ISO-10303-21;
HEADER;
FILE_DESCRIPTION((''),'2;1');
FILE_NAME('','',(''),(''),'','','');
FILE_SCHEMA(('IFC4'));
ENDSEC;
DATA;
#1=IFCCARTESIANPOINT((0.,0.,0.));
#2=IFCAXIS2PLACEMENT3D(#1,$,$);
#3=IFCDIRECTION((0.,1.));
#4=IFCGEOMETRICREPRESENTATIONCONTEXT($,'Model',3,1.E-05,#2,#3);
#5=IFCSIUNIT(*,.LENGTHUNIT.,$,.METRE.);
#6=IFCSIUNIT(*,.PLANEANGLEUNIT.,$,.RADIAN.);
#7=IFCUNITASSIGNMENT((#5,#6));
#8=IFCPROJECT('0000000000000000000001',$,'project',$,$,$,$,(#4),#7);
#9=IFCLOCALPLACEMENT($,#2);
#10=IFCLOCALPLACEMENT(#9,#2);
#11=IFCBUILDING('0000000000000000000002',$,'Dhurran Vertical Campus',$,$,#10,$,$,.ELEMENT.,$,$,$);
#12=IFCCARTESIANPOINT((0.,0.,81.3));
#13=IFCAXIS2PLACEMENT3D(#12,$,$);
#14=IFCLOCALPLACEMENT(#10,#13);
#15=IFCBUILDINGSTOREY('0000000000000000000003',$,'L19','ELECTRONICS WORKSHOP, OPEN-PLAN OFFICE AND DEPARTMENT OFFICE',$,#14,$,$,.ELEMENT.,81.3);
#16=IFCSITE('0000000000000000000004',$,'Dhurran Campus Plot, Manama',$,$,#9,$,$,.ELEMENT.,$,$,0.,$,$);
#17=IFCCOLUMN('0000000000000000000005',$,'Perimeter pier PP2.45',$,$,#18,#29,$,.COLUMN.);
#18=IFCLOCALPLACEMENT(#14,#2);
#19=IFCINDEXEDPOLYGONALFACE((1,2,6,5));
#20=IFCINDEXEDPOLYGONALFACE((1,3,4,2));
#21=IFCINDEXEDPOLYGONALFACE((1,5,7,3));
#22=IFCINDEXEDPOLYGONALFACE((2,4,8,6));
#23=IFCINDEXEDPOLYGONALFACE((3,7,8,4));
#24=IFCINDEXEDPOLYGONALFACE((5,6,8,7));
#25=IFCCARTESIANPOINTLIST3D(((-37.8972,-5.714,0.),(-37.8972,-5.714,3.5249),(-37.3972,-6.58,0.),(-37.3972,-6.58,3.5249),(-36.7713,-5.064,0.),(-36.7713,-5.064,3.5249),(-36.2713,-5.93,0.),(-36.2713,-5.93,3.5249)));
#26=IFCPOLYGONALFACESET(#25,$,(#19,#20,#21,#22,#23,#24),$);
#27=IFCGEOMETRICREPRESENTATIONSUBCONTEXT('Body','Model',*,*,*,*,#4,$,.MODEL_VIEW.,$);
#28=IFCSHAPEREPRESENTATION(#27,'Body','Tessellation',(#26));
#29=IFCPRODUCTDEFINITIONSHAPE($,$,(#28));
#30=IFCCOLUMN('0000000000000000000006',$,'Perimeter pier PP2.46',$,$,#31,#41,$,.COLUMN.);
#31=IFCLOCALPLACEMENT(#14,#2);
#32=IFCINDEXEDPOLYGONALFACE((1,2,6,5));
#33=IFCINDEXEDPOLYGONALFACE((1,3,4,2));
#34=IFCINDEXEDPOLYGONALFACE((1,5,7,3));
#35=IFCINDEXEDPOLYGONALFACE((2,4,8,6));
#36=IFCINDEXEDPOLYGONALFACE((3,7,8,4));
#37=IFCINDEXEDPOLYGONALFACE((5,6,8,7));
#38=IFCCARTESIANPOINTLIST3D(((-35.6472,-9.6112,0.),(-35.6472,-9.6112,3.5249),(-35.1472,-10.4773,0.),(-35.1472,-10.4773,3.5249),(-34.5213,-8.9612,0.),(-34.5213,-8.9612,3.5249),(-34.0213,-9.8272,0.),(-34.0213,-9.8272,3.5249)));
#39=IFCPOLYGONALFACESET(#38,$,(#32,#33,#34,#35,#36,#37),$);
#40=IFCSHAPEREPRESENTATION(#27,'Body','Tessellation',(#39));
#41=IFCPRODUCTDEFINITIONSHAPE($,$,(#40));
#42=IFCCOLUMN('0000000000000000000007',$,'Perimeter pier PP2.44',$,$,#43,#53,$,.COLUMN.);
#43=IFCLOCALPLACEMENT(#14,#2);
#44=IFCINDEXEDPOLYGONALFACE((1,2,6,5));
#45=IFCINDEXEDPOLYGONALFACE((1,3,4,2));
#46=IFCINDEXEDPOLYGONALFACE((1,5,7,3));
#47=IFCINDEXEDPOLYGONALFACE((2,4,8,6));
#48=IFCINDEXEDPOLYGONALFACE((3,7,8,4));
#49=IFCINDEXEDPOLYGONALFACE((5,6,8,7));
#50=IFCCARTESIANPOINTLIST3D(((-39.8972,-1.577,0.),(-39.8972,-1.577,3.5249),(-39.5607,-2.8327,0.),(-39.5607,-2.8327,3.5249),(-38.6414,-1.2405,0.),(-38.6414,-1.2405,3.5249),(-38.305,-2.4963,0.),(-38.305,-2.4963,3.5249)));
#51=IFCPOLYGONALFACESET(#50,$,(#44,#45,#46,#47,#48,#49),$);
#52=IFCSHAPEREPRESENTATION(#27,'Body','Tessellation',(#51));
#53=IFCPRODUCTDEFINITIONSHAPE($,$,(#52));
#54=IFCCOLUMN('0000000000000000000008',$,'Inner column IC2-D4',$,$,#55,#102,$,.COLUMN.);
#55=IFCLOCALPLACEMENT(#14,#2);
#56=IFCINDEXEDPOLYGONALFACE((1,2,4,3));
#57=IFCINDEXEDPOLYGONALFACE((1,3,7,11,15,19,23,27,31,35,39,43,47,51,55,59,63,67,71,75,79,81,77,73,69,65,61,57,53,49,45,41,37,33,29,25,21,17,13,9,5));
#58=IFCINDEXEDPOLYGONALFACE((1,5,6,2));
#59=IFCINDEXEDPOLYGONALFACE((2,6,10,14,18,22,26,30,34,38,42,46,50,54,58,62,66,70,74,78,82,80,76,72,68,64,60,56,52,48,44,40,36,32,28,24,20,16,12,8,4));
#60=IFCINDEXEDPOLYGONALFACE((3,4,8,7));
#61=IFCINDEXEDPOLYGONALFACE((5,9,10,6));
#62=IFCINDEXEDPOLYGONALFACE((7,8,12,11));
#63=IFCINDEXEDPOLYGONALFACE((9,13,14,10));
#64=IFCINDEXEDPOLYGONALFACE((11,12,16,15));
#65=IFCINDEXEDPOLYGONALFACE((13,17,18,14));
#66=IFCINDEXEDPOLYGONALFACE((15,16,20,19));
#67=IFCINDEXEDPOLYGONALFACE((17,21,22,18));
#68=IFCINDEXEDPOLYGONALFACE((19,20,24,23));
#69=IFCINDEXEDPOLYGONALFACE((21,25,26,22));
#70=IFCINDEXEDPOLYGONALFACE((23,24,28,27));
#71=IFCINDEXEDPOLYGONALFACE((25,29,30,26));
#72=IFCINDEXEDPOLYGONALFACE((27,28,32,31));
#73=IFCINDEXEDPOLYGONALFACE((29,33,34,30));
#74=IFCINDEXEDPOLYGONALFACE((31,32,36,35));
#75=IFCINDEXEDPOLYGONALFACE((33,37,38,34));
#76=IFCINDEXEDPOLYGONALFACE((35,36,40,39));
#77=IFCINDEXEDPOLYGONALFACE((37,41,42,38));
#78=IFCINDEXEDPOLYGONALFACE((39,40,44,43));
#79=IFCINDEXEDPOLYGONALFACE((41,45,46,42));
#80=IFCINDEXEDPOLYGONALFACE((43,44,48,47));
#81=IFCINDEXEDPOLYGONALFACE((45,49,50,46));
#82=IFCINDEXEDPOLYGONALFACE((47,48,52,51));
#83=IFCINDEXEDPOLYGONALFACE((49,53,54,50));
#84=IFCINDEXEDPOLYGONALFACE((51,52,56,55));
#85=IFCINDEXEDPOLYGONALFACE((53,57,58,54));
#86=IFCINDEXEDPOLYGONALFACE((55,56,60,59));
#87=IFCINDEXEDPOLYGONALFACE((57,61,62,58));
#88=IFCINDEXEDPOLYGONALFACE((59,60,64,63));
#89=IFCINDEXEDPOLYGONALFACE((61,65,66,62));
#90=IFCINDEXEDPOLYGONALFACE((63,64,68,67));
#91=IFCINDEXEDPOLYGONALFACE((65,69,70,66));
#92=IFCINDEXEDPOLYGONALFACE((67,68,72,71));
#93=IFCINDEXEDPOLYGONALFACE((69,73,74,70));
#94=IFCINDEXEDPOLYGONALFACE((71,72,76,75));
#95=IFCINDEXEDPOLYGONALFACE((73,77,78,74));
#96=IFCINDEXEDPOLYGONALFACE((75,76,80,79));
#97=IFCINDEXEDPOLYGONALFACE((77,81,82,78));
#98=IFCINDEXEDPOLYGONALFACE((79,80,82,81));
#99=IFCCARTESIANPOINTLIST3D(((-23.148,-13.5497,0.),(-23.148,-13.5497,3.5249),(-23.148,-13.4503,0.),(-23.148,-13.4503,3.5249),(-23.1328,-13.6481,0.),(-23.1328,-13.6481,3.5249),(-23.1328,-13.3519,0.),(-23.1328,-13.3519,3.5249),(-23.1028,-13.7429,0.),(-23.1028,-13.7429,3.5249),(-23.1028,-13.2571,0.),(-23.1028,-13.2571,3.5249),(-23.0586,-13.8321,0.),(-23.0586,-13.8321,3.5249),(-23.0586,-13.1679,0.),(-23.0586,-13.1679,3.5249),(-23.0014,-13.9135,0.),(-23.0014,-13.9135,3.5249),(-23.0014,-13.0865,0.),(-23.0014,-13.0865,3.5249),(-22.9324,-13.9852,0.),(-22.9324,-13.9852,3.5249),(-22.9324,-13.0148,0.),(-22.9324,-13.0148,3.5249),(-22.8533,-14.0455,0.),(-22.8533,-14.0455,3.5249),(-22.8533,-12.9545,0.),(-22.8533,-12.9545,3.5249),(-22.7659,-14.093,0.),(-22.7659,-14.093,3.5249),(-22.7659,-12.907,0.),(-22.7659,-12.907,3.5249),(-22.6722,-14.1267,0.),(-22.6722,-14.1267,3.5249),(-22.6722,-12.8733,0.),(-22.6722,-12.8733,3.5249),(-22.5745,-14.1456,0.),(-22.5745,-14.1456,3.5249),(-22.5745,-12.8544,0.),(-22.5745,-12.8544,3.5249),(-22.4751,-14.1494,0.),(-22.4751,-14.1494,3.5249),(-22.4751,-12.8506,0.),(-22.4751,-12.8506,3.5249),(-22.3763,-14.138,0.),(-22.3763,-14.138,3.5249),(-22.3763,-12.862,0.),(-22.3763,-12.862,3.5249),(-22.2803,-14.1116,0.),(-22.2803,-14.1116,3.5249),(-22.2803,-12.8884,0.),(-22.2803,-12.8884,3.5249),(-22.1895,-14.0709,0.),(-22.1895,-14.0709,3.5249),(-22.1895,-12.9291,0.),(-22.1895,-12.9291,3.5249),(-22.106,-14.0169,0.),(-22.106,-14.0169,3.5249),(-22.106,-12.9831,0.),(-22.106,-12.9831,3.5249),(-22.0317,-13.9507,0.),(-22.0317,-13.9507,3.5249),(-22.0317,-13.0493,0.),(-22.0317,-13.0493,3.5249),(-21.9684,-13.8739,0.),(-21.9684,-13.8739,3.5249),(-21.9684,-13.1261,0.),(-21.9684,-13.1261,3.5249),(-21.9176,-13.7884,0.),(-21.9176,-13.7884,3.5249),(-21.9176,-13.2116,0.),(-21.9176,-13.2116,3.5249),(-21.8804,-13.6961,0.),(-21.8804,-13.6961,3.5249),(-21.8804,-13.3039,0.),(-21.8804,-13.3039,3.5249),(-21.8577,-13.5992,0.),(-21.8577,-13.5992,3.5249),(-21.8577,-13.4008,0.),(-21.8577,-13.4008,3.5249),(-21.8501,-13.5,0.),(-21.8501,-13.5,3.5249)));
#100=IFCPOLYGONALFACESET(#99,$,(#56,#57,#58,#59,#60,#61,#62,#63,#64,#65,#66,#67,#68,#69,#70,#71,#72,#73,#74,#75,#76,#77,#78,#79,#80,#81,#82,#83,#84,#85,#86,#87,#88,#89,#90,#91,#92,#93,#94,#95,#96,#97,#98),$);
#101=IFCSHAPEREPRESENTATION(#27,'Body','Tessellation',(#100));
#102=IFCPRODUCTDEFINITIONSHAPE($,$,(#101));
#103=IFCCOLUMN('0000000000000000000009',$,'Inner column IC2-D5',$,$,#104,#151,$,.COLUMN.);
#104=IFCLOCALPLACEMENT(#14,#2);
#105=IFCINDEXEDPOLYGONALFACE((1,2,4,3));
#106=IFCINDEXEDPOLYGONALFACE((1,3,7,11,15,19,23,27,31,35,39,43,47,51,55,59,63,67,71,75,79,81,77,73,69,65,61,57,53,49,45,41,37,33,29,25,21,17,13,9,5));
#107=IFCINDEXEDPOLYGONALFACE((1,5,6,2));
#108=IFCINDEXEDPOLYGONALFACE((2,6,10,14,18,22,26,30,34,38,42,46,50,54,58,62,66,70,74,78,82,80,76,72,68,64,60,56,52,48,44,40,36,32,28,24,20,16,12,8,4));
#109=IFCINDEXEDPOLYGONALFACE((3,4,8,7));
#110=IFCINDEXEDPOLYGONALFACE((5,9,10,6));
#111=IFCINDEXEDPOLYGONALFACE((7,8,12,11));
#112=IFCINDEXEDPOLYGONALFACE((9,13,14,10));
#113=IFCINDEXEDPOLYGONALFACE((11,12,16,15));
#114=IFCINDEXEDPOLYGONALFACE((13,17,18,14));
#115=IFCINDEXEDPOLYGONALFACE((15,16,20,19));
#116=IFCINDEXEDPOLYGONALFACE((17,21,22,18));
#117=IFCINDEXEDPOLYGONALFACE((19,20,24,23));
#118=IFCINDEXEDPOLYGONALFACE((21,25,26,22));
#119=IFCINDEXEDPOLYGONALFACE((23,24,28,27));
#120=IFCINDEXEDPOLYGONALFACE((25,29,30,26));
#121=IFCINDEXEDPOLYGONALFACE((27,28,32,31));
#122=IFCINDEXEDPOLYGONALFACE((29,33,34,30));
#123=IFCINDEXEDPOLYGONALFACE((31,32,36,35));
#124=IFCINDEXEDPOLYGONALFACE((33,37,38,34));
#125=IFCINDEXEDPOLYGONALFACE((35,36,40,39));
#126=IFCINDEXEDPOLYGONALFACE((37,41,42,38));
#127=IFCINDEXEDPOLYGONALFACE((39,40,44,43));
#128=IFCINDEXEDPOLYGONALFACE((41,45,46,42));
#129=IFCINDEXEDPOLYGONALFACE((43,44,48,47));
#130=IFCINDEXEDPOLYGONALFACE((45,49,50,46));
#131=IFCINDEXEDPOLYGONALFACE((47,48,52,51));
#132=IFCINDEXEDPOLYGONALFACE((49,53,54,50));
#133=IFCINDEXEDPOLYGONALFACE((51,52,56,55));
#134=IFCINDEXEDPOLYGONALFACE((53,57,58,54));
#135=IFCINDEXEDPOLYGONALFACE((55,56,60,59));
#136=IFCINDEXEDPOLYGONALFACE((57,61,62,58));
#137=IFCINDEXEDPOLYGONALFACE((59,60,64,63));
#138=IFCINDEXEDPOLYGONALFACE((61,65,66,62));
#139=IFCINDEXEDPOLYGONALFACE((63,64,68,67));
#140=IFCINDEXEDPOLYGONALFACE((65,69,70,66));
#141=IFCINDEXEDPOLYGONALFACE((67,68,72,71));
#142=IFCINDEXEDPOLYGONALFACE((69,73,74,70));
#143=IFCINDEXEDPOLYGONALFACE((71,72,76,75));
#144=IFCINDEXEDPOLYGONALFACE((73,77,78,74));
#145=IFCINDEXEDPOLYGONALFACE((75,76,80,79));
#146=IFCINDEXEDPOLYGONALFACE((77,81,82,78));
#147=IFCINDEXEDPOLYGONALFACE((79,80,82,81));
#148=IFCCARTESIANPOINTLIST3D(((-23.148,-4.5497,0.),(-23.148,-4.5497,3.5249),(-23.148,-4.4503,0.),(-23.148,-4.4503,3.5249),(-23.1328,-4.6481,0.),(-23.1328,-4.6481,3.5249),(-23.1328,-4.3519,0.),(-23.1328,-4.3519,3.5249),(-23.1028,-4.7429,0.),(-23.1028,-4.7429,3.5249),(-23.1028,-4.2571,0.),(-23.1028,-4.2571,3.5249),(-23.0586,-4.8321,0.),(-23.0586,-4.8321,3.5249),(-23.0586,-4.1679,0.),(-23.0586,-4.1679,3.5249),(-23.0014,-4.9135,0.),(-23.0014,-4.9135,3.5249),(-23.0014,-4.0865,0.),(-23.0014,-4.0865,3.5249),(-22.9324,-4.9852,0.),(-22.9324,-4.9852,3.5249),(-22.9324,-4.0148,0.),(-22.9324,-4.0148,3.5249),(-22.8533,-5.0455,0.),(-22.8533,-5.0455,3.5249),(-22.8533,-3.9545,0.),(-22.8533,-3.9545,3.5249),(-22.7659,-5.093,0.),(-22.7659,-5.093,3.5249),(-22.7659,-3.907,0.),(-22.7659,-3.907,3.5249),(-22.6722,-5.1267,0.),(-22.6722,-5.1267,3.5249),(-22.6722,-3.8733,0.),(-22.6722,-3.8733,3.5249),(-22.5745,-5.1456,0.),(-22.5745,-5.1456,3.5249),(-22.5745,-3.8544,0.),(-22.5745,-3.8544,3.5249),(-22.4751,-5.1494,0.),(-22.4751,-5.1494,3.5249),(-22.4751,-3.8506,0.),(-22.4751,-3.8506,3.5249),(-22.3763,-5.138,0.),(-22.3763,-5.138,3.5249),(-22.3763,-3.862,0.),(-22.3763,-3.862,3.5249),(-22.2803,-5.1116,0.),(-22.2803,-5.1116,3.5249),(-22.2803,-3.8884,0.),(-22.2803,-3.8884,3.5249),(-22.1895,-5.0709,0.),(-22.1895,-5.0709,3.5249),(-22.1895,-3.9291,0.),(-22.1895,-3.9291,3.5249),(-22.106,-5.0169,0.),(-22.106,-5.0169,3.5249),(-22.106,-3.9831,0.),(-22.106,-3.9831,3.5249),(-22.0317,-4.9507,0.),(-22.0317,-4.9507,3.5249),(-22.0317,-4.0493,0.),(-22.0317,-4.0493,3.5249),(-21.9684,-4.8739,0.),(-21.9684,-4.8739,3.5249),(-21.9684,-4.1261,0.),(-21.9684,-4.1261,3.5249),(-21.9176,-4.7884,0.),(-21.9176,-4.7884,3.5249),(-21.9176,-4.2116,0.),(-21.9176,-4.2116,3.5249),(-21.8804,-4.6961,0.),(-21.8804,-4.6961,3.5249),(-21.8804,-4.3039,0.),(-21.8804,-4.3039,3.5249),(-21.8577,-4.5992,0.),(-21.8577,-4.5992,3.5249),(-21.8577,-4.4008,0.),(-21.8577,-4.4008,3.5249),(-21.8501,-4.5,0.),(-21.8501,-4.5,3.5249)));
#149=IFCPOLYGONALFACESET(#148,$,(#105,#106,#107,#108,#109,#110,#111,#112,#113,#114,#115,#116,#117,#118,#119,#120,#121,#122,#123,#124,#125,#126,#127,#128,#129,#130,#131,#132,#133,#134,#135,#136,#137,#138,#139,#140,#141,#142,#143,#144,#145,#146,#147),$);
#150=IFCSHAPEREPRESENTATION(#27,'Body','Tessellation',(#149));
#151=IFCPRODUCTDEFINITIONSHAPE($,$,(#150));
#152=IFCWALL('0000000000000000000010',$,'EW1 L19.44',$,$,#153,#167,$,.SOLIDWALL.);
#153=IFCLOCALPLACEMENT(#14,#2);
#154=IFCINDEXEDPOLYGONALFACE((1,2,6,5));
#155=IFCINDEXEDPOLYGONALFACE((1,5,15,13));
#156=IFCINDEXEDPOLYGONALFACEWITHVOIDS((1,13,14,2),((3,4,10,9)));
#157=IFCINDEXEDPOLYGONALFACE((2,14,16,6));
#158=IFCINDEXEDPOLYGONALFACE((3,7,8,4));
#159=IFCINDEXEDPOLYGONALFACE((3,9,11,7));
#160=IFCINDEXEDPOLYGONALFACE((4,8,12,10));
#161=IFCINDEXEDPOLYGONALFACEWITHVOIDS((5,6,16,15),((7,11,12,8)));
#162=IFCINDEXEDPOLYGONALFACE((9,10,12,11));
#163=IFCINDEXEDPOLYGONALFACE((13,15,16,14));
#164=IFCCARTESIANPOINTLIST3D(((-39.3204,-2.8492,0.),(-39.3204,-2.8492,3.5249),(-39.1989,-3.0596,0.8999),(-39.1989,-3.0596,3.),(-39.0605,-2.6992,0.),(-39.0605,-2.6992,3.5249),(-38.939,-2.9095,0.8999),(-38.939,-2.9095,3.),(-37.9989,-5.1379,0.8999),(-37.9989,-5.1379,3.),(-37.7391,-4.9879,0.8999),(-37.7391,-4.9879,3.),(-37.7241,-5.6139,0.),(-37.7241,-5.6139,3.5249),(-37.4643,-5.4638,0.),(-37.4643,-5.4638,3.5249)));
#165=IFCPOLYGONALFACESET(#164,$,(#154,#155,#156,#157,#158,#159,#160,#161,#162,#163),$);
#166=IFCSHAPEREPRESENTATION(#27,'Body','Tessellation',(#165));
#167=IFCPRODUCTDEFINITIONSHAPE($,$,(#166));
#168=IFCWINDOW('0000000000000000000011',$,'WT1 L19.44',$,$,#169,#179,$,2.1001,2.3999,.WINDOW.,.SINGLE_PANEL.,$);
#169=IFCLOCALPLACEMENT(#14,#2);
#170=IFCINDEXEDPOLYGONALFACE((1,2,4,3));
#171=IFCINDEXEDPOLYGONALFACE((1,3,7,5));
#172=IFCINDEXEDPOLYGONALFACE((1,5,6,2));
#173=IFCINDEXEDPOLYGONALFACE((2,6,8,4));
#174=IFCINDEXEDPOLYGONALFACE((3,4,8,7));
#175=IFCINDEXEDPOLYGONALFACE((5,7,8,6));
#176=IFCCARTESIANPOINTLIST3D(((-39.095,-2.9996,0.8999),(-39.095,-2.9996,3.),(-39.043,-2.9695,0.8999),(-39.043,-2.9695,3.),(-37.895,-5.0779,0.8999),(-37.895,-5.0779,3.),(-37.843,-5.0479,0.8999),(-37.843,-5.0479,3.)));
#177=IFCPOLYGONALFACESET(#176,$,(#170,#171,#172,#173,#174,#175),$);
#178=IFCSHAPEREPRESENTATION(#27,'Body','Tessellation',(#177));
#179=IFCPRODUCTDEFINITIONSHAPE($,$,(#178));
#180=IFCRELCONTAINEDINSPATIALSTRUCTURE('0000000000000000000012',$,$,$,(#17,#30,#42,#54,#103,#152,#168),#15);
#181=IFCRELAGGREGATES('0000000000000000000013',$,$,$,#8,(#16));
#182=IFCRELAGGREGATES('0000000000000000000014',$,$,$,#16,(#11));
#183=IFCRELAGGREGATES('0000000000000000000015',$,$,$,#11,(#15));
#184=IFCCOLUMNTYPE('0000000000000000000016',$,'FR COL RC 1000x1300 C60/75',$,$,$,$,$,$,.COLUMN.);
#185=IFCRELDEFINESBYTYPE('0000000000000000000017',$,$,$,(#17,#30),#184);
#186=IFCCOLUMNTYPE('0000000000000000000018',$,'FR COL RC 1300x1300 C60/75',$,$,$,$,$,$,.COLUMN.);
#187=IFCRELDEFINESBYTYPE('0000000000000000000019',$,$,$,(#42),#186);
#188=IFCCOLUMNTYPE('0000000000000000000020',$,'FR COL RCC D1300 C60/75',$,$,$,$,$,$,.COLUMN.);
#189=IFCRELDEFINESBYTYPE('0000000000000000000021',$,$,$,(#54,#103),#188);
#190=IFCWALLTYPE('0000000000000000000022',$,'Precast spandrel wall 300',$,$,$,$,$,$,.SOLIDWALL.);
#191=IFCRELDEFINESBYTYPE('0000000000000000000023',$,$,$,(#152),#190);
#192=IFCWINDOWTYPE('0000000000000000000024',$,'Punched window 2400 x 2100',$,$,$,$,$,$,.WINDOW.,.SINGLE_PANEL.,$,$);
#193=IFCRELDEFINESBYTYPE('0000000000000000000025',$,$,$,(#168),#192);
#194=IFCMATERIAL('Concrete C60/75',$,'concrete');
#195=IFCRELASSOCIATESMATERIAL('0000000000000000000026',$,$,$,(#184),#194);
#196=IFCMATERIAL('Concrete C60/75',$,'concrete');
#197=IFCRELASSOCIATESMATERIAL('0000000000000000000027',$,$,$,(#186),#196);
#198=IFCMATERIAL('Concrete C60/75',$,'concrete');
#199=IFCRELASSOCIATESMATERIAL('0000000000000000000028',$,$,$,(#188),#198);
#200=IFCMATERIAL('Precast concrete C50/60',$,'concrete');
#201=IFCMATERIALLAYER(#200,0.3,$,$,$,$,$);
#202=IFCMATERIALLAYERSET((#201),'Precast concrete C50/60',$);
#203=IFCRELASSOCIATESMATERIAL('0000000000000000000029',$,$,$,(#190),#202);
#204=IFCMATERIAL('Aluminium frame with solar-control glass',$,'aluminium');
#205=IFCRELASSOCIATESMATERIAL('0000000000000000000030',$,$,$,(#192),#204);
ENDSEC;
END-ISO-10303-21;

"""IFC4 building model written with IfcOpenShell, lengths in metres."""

from ifc_helpers import new_model, si_unit, direction, frame, frame_2d, origin, origin_2d, place, context, subcontext, project, spatial, rectangle, circle, extrude, material, layer, layer_set, material_profile, profile_set, type_object, element, fill, save


model = new_model("IFC4")

# Units and contexts
model_context = context("Model", 3, precision=1e-05, world=origin(), true_north=direction((0.0, 1.0)))
body_context = subcontext(model_context, "Body", "Model", "MODEL_VIEW")
ifc_project = project(units=[si_unit("LENGTHUNIT", "METRE"), si_unit("PLANEANGLEUNIT", "RADIAN")], contexts=[model_context])

# Site, building, storey
site_placement = place(None, origin())
site = spatial("IfcSite", under=ifc_project, at=site_placement, Name="Dhurran Campus Plot, Manama", CompositionType="ELEMENT", RefElevation=0.0)
building_placement = place(site_placement, origin())
building = spatial("IfcBuilding", under=site, at=building_placement, Name="Dhurran Vertical Campus", CompositionType="ELEMENT")
storey_placement = place(building_placement, frame((0.0, 0.0, 81.3)))
storey = spatial("IfcBuildingStorey", under=building, at=storey_placement, Name="L19", Description="ELECTRONICS WORKSHOP, OPEN-PLAN OFFICE AND DEPARTMENT OFFICE", CompositionType="ELEMENT", Elevation=81.3)

# Columns
ifc_material_1 = material(Name="Concrete C60/75", Category="concrete")
ifc_material_profile_1 = material_profile(ifc_material_1, rectangle(XDim=1.0, YDim=1.3, at=origin_2d()), Name="RC 1000x1300")
ifc_profile_set_1 = profile_set([ifc_material_profile_1], Name="Concrete C60/75")
column_type_1 = type_object("IfcColumnType", Name="FR COL RC 1000x1300 C60/75", PredefinedType="COLUMN", material=ifc_profile_set_1)
for number, where, z_axis, x_axis, name in (
    (1, (-37.0842, -5.822, 0.0), (0.0, 0.0, 1.0), (0.5, -0.866025, 0.0), "Perimeter pier PP2.45"),
    (2, (-34.8342, -9.7192, 0.0), (0.0, 0.0, 1.0), (0.5, -0.866025, 0.0), "Perimeter pier PP2.46"),
):
    element("IfcColumn", number, at=place(storey_placement, frame(where, z_axis=z_axis, x_axis=x_axis)), inside=storey, type_object=column_type_1, Name=name, PredefinedType="COLUMN", context=body_context, shape_type="SweptSolid", body=[
        extrude(rectangle(XDim=1.0, YDim=1.3, at=origin_2d()), origin(), (0.0, 0.0, 1.0), 3.5249),
    ])
ifc_material_2 = material(Name="Concrete C60/75", Category="concrete")
ifc_material_profile_2 = material_profile(ifc_material_2, rectangle(XDim=1.3, YDim=1.3, at=origin_2d()), Name="RC 1300x1300")
ifc_profile_set_2 = profile_set([ifc_material_profile_2], Name="Concrete C60/75")
column_type_2 = type_object("IfcColumnType", Name="FR COL RC 1300x1300 C60/75", PredefinedType="COLUMN", material=ifc_profile_set_2)
column_placement = place(storey_placement, frame((-39.1011, -2.0366, 0.0), z_axis=(0.0, 0.0, 1.0), x_axis=(0.258819, -0.965926, 0.0)))
element("IfcColumn", 3, at=column_placement, inside=storey, type_object=column_type_2, Name="Perimeter pier PP2.44", PredefinedType="COLUMN", context=body_context, shape_type="SweptSolid", body=[
    extrude(rectangle(XDim=1.3, YDim=1.3, at=origin_2d()), origin(), (0.0, 0.0, 1.0), 3.5249),
])
ifc_material_3 = material(Name="Concrete C60/75", Category="concrete")
ifc_material_profile_3 = material_profile(ifc_material_3, circle(Radius=0.6499, at=origin_2d()), Name="RCC D1300")
ifc_profile_set_3 = profile_set([ifc_material_profile_3], Name="Concrete C60/75")
column_type_3 = type_object("IfcColumnType", Name="FR COL RCC D1300 C60/75", PredefinedType="COLUMN", material=ifc_profile_set_3)
for number, where, z_axis, x_axis, name in (
    (4, (-22.5, -13.5, 0.0), (0.0, 0.0, 1.0), (1.0, 0.0, 0.0), "Inner column IC2-D4"),
    (5, (-22.5, -4.5, 0.0), (0.0, 0.0, 1.0), (1.0, 0.0, 0.0), "Inner column IC2-D5"),
):
    element("IfcColumn", number, at=place(storey_placement, frame(where, z_axis=z_axis, x_axis=x_axis)), inside=storey, type_object=column_type_3, Name=name, PredefinedType="COLUMN", context=body_context, shape_type="SweptSolid", body=[
        extrude(circle(Radius=0.6499, at=origin_2d()), origin(), (0.0, 0.0, 1.0), 3.5249),
    ])

# Wall, opening, window
ifc_material_4 = material(Name="Precast concrete C50/60", Category="concrete")
ifc_layer = layer(ifc_material_4, 0.3)
ifc_layer_set = layer_set([ifc_layer], Name="Precast concrete C50/60")
wall_type = type_object("IfcWallType", Name="Precast spandrel wall 300", PredefinedType="SOLIDWALL", material=ifc_layer_set)
wall_1_placement = place(storey_placement, frame((-39.1904, -2.7742, 0.0), z_axis=(0.0, 0.0, 1.0), x_axis=(0.500005, -0.866023, 0.0)))
wall_1 = element("IfcWall", 6, at=wall_1_placement, inside=storey, type_object=wall_type, Name="EW1 L19.44", PredefinedType="SOLIDWALL", context=body_context, shape_type="SweptSolid", body=[
    extrude(rectangle(XDim=3.1924, YDim=0.3, at=frame_2d((1.5962, 0.0))), origin(), (0.0, 0.0, 1.0), 3.5249),
])
opening_1_placement = place(wall_1_placement, frame((0.2429, 0.0, 0.8999)))
opening_1 = element("IfcOpeningElement", 7, at=opening_1_placement, cuts=wall_1, PredefinedType="OPENING", context=body_context, shape_type="SweptSolid", body=[
    extrude(rectangle(XDim=2.3999, YDim=2.1001, at=frame_2d((1.2, 1.05))), frame((0.0, 0.1599, 0.0), z_axis=(0.0, -1.0, 0.0), x_axis=(1.0, 0.0, 0.0)), (0.0, 0.0, 1.0), 0.3201),
])
ifc_material_5 = material(Name="Aluminium frame with solar-control glass", Category="aluminium")
window_type = type_object("IfcWindowType", Name="Punched window 2400 x 2100", PartitioningType="SINGLE_PANEL", PredefinedType="WINDOW", material=ifc_material_5)
window_1_placement = place(opening_1_placement, origin())
window_1 = element("IfcWindow", 8, at=window_1_placement, inside=storey, type_object=window_type, Name="WT1 L19.44", OverallHeight=2.1001, OverallWidth=2.3999, PartitioningType="SINGLE_PANEL", PredefinedType="WINDOW", context=body_context, shape_type="SweptSolid", body=[
    extrude(rectangle(XDim=2.3999, YDim=2.1001, at=frame_2d((1.2, 1.05))), frame((0.0, 0.03, 0.0), z_axis=(0.0, -1.0, 0.0), x_axis=(1.0, 0.0, 0.0)), (0.0, 0.0, 1.0), 0.0601),
])
fill(opening_1, window_1)

save(model, "model.ifc")
